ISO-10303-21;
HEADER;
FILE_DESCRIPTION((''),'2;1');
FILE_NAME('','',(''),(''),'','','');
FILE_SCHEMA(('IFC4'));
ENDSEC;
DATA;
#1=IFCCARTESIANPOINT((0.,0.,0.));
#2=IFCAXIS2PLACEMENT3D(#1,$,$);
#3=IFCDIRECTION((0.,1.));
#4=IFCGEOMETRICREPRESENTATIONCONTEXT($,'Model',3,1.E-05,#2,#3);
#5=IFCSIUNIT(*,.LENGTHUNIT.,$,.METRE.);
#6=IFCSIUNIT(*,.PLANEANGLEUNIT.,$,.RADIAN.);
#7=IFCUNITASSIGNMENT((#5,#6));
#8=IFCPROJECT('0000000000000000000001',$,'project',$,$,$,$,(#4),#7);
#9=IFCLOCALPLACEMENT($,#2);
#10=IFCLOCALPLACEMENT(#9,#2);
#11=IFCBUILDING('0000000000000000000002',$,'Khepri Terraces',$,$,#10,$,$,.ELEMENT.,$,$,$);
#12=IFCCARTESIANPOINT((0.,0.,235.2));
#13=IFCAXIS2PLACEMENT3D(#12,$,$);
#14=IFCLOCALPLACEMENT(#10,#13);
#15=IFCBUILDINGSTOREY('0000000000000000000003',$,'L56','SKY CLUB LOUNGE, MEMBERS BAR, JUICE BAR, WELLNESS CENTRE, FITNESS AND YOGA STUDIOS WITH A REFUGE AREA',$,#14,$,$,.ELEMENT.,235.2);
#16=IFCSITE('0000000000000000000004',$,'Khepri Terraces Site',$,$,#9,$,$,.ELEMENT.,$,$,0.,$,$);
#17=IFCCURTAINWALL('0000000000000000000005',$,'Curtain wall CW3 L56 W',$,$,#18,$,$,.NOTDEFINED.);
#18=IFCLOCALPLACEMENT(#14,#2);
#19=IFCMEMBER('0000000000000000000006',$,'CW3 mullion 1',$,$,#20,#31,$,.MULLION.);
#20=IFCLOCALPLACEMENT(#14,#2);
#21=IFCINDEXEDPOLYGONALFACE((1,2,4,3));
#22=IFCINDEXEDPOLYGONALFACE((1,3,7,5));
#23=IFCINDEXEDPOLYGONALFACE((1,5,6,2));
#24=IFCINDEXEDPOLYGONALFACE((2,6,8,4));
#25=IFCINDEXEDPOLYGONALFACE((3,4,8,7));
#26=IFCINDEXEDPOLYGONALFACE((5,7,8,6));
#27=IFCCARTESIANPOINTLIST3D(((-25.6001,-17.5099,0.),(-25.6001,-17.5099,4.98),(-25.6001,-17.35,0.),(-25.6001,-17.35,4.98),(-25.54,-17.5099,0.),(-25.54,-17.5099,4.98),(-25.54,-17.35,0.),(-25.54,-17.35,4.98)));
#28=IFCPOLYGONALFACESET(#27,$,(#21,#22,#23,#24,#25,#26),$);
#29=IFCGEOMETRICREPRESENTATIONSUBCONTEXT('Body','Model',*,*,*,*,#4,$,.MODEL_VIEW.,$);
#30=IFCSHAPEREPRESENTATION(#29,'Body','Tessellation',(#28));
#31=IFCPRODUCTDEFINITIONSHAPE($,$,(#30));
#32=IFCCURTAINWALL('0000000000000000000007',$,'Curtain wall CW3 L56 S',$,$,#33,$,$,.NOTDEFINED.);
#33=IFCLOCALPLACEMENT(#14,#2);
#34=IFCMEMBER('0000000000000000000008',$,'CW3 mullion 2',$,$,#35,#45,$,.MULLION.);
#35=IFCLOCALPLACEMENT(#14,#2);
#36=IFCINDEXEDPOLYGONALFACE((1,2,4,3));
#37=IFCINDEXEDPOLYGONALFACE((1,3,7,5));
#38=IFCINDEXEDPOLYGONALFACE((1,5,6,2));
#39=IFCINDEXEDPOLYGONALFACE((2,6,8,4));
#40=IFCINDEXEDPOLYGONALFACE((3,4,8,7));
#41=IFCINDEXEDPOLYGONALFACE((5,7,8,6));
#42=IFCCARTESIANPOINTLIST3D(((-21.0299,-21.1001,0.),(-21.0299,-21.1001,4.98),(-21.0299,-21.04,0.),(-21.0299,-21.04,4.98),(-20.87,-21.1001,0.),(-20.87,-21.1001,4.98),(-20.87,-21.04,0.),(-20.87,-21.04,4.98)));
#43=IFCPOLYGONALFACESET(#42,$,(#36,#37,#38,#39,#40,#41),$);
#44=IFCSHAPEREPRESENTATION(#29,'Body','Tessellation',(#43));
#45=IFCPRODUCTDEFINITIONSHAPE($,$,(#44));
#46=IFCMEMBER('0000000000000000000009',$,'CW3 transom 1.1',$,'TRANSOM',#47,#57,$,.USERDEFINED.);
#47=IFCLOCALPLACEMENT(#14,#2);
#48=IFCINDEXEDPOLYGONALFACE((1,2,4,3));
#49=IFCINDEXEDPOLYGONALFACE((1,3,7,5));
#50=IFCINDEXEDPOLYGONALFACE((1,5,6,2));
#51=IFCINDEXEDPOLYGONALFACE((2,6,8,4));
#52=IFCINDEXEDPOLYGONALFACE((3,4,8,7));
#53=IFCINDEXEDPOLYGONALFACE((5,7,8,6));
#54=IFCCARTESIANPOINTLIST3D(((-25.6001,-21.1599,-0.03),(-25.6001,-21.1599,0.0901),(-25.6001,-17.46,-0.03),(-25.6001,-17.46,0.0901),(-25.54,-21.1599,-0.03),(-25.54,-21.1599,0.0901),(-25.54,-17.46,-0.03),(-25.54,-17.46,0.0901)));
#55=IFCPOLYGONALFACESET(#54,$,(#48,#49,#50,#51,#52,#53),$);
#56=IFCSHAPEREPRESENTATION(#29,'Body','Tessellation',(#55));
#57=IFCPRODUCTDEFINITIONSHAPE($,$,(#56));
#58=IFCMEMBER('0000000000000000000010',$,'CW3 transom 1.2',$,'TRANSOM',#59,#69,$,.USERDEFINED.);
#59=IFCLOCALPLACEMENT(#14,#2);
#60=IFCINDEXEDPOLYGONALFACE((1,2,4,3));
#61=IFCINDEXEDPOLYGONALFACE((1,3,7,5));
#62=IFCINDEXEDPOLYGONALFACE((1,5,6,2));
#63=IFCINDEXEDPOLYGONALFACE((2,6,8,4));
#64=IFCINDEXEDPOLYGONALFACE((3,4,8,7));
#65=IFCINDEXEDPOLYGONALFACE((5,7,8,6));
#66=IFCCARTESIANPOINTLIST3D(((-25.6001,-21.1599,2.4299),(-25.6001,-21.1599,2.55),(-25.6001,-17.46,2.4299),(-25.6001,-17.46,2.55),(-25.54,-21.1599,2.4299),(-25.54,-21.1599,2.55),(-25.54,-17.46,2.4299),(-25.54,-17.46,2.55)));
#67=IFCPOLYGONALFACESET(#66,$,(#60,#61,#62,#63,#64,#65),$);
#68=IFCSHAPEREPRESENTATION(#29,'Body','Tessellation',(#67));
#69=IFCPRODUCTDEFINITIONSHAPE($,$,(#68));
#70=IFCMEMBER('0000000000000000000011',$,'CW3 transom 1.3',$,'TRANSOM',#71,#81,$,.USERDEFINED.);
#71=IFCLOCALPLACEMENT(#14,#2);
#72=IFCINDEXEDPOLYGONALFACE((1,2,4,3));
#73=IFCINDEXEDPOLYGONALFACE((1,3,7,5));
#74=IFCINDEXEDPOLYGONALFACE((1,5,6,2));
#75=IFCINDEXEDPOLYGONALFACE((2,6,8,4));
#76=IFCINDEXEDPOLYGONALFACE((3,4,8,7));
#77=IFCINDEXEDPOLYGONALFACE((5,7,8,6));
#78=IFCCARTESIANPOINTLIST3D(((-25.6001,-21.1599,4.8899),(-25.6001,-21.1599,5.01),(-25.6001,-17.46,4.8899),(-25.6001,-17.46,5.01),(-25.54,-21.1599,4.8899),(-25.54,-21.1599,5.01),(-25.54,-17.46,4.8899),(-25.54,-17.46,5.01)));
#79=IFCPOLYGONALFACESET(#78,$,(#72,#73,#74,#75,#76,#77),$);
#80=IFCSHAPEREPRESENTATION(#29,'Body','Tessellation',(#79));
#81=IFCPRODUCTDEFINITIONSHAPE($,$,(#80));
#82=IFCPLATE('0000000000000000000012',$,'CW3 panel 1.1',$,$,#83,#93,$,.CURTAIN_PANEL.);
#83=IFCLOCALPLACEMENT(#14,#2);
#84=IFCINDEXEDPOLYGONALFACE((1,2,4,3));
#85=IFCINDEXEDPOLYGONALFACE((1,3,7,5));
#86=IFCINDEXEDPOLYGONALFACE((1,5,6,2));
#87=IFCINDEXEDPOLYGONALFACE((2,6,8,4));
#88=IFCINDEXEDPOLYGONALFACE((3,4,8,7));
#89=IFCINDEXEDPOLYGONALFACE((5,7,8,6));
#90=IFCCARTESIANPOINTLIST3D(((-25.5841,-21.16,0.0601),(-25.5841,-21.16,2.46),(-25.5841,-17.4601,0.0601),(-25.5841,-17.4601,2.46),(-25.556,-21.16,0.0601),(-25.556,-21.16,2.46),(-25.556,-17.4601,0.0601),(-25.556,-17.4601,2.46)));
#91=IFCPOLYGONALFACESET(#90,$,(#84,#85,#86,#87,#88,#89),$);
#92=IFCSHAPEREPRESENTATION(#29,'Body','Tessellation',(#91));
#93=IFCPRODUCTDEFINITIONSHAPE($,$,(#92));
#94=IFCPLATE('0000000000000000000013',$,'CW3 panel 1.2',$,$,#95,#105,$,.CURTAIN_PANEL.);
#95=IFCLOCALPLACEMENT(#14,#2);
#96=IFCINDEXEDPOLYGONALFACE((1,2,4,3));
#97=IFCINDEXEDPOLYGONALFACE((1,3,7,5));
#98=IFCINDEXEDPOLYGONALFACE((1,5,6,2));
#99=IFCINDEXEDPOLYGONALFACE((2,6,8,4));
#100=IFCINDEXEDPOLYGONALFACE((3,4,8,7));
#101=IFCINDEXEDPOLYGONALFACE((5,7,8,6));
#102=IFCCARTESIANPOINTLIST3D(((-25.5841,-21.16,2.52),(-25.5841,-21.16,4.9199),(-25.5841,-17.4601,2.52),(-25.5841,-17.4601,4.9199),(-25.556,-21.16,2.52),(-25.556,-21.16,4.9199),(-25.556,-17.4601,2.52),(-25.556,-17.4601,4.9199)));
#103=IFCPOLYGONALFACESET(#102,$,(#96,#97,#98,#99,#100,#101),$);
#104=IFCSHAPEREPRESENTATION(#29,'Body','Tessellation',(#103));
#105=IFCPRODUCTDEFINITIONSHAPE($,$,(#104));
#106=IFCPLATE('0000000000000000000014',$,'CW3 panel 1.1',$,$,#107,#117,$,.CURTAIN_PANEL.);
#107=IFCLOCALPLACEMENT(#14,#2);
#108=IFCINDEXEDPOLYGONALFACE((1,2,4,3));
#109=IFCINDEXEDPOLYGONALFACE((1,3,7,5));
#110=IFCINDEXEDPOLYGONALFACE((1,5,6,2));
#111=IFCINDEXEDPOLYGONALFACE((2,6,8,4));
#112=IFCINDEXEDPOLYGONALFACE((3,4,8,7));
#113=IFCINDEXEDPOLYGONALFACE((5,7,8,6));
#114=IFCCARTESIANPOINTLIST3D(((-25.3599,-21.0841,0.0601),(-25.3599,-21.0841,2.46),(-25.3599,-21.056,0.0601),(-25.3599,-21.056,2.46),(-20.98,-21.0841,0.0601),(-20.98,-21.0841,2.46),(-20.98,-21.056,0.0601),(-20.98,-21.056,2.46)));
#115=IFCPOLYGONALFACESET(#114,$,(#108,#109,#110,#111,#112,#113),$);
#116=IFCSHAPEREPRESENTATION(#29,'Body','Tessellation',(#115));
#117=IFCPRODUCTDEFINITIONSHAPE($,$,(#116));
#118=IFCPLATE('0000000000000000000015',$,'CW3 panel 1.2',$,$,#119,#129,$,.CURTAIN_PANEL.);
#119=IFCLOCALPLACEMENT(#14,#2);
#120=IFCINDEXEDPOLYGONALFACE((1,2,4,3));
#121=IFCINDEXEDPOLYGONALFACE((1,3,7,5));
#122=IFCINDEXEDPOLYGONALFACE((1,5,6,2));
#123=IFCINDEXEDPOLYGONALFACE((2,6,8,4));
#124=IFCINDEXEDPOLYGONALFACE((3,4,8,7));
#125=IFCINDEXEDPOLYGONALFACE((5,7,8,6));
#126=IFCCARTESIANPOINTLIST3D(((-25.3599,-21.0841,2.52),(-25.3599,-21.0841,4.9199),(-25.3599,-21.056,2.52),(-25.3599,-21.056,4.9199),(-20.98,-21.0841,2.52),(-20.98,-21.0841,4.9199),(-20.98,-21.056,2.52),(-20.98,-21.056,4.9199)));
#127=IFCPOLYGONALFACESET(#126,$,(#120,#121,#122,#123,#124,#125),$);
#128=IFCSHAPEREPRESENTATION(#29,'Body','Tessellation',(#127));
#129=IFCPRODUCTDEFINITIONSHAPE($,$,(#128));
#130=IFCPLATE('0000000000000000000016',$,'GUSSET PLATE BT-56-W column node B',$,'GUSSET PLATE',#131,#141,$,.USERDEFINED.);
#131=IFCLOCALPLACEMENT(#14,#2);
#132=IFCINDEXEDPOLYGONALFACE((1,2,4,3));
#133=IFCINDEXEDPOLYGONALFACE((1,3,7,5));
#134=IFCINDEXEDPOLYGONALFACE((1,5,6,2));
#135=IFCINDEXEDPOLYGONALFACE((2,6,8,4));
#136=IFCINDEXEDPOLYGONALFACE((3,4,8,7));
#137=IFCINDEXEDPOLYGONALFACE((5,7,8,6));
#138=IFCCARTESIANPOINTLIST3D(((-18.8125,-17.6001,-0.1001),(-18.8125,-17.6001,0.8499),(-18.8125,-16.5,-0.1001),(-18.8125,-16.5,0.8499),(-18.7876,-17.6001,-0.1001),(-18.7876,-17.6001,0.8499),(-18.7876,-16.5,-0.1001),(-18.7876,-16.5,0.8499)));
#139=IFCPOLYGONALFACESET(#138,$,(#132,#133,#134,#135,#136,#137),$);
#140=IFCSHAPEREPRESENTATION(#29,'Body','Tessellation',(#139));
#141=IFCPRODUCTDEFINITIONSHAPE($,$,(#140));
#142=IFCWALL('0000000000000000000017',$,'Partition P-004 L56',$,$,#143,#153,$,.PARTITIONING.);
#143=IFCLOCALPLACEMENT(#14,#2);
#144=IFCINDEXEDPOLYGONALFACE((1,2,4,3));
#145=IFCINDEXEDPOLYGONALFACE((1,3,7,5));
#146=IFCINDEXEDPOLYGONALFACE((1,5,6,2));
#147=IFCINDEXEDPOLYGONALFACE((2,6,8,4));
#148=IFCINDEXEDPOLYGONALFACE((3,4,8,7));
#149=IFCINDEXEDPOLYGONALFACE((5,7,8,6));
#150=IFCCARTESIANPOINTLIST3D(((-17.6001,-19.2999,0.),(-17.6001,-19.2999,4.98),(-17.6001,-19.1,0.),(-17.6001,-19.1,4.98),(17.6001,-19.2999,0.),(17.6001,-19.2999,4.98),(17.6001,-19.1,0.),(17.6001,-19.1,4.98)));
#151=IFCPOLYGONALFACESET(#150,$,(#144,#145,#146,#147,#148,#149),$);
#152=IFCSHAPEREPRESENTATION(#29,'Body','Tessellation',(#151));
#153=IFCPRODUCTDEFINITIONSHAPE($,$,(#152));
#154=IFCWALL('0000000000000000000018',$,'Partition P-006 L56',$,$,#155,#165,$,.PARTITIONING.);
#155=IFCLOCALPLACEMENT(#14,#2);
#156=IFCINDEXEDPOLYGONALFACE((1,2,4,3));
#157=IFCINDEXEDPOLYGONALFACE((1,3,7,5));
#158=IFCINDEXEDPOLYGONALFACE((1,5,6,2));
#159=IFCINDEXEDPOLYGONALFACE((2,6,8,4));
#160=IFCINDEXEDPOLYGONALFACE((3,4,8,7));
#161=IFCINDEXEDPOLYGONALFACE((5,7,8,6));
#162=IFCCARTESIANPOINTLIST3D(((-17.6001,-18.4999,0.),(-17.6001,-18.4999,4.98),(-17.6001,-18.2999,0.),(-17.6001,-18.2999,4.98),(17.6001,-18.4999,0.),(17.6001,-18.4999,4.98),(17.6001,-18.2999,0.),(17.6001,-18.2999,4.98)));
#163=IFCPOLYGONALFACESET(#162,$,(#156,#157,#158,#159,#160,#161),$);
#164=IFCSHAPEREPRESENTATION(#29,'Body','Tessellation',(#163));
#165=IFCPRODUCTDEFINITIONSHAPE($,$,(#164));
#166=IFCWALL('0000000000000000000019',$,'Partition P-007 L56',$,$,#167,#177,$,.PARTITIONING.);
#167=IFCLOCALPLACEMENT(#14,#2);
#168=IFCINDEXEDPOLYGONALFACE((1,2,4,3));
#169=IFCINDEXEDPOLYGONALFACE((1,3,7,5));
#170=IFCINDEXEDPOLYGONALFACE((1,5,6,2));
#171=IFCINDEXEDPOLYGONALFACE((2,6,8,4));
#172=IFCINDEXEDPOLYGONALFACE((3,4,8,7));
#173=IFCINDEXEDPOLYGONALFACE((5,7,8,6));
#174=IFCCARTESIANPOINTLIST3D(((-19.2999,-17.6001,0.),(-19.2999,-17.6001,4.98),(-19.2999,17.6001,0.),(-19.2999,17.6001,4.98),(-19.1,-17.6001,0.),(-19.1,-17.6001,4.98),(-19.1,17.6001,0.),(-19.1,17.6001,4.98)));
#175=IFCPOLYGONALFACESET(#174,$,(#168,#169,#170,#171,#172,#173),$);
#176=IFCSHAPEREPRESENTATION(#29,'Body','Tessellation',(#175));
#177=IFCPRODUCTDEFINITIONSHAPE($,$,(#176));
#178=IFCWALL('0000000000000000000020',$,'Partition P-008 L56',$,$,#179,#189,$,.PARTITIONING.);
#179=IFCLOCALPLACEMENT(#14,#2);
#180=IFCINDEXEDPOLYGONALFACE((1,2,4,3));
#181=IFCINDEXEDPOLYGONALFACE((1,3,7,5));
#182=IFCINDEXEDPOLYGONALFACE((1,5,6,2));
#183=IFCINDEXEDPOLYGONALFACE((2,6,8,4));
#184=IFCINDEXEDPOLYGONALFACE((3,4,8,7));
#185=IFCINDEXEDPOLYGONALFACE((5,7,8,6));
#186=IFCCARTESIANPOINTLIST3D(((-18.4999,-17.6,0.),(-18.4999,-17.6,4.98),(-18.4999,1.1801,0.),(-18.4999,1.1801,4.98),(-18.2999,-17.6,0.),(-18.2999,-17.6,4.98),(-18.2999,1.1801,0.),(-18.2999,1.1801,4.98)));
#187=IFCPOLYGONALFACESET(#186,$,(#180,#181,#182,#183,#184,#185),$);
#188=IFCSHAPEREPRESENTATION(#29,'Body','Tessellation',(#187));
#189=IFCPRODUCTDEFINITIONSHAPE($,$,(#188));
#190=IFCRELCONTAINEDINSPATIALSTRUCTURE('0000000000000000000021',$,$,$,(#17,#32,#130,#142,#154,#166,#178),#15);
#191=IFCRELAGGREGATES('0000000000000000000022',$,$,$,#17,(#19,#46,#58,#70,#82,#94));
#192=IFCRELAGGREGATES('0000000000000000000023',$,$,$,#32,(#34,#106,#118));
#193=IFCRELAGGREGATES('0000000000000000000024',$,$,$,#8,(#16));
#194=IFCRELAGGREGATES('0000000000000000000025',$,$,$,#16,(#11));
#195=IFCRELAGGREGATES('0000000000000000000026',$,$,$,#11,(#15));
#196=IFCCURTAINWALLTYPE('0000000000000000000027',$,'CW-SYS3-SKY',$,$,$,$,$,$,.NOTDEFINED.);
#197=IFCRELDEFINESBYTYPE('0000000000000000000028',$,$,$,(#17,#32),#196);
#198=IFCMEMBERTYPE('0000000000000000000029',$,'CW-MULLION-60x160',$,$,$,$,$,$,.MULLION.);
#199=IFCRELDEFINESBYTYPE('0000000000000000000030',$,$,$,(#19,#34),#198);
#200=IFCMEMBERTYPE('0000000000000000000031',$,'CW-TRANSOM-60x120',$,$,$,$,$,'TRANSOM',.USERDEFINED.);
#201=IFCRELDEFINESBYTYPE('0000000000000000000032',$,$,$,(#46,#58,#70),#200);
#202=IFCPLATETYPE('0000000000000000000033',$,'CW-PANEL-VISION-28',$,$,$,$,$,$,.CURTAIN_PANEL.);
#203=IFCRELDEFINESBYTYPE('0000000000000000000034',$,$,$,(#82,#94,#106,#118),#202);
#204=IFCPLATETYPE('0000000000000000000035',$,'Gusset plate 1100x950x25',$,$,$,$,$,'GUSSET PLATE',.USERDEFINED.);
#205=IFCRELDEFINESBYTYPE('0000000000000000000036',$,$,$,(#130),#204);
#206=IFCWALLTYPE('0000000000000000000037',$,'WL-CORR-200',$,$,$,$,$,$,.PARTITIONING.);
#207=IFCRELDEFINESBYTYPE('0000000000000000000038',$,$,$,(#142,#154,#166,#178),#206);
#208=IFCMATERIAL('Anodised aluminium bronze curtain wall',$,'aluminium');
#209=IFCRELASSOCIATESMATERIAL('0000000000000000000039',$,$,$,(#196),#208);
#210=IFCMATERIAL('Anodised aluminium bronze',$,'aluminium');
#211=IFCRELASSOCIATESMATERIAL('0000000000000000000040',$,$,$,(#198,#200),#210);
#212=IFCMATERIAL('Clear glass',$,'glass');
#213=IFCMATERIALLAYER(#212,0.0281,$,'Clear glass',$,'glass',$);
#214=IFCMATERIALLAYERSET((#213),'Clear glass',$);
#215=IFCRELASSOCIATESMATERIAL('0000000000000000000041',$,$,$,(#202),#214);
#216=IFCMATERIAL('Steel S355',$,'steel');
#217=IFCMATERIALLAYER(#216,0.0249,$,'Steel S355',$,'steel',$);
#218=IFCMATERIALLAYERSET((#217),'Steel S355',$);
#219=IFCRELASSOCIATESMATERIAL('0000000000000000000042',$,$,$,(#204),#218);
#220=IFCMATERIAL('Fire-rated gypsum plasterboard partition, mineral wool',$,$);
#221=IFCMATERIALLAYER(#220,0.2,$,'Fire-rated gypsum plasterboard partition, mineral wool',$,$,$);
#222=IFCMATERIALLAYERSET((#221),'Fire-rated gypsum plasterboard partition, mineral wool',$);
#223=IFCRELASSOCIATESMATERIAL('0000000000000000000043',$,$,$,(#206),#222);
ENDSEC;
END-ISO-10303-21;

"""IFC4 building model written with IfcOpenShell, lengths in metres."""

from ifc_helpers import new_model, si_unit, direction, frame, frame_2d, origin, origin_2d, place, context, subcontext, project, spatial, rectangle, extrude, material, layer, layer_set, material_profile, profile_set, type_object, element, aggregate, save


model = new_model("IFC4")

# Units and contexts
model_context = context("Model", 3, precision=1e-05, world=origin(), true_north=direction((0.0, 1.0)))
body_context = subcontext(model_context, "Body", "Model", "MODEL_VIEW")
ifc_project = project(units=[si_unit("LENGTHUNIT", "METRE"), si_unit("PLANEANGLEUNIT", "RADIAN")], contexts=[model_context])

# Site, building, storey
site_placement = place(None, origin())
site = spatial("IfcSite", under=ifc_project, at=site_placement, Name="Khepri Terraces Site", CompositionType="ELEMENT", RefElevation=0.0)
building_placement = place(site_placement, origin())
building = spatial("IfcBuilding", under=site, at=building_placement, Name="Khepri Terraces", CompositionType="ELEMENT")
storey_placement = place(building_placement, frame((0.0, 0.0, 235.2)))
storey = spatial("IfcBuildingStorey", under=building, at=storey_placement, Name="L56", Description="SKY CLUB LOUNGE, MEMBERS BAR, JUICE BAR, WELLNESS CENTRE, FITNESS AND YOGA STUDIOS WITH A REFUGE AREA", CompositionType="ELEMENT", Elevation=235.2)

# Shared definitions
ifc_material_1 = material(Name="Steel S355", Category="steel")

# Curtain walls, members
ifc_material_2 = material(Name="Anodised aluminium bronze curtain wall", Category="aluminium")
curtain_wall_type = type_object("IfcCurtainWallType", Name="CW-SYS3-SKY", PredefinedType="NOTDEFINED", material=ifc_material_2)
ifc_material_3 = material(Name="Anodised aluminium bronze", Category="aluminium")
ifc_material_profile_1 = material_profile(ifc_material_3, rectangle(XDim=0.0601, YDim=0.1599, at=origin_2d()), Name="Anodised aluminium bronze", Category="aluminium")
ifc_profile_set_1 = profile_set([ifc_material_profile_1], Name="Anodised aluminium bronze")
member_type_1 = type_object("IfcMemberType", Name="CW-MULLION-60x160", PredefinedType="MULLION", material=ifc_profile_set_1)
curtain_wall_1_placement = place(storey_placement, origin())
curtain_wall_1 = element("IfcCurtainWall", 1, at=curtain_wall_1_placement, inside=storey, type_object=curtain_wall_type, Name="Curtain wall CW3 L56 W", PredefinedType="NOTDEFINED")
member_1_placement = place(storey_placement, frame((-25.5701, -17.4299, 0.0), z_axis=(0.0, 0.0, 1.0), x_axis=(1.0, 0.0, 0.0)))
member_1 = element("IfcMember", 2, at=member_1_placement, type_object=member_type_1, Name="CW3 mullion 1", PredefinedType="MULLION", context=body_context, shape_type="SweptSolid", body=[
    extrude(rectangle(XDim=0.0601, YDim=0.1599, at=origin_2d()), origin(), (0.0, 0.0, 1.0), 4.98),
])
curtain_wall_2_placement = place(storey_placement, origin())
curtain_wall_2 = element("IfcCurtainWall", 3, at=curtain_wall_2_placement, inside=storey, type_object=curtain_wall_type, Name="Curtain wall CW3 L56 S", PredefinedType="NOTDEFINED")
member_2_placement = place(storey_placement, frame((-20.95, -21.0701, 0.0), z_axis=(0.0, 0.0, 1.0), x_axis=(0.0, 1.0, 0.0)))
member_2 = element("IfcMember", 4, at=member_2_placement, type_object=member_type_1, Name="CW3 mullion 2", PredefinedType="MULLION", context=body_context, shape_type="SweptSolid", body=[
    extrude(rectangle(XDim=0.0601, YDim=0.1599, at=origin_2d()), origin(), (0.0, 0.0, 1.0), 4.98),
])

# Members
ifc_material_profile_2 = material_profile(ifc_material_3, rectangle(XDim=0.0601, YDim=0.1201, at=origin_2d()), Name="Anodised aluminium bronze", Category="aluminium")
ifc_profile_set_2 = profile_set([ifc_material_profile_2], Name="Anodised aluminium bronze")
member_type_2 = type_object("IfcMemberType", Name="CW-TRANSOM-60x120", ElementType="TRANSOM", PredefinedType="USERDEFINED", material=ifc_profile_set_2)
member_3_placement = place(storey_placement, frame((-25.5701, -17.46, 0.03), z_axis=(0.0, -1.0, 0.0), x_axis=(1.0, 0.0, 0.0)))
member_3 = element("IfcMember", 5, at=member_3_placement, type_object=member_type_2, Name="CW3 transom 1.1", ObjectType="TRANSOM", PredefinedType="USERDEFINED", context=body_context, shape_type="SweptSolid", body=[
    extrude(rectangle(XDim=0.0601, YDim=0.1201, at=origin_2d()), origin(), (0.0, 0.0, 1.0), 3.7),
])
member_4_placement = place(storey_placement, frame((-25.5701, -17.46, 2.49), z_axis=(0.0, -1.0, 0.0), x_axis=(1.0, 0.0, 0.0)))
member_4 = element("IfcMember", 6, at=member_4_placement, type_object=member_type_2, Name="CW3 transom 1.2", ObjectType="TRANSOM", PredefinedType="USERDEFINED", context=body_context, shape_type="SweptSolid", body=[
    extrude(rectangle(XDim=0.0601, YDim=0.1201, at=origin_2d()), origin(), (0.0, 0.0, 1.0), 3.7),
])
member_5_placement = place(storey_placement, frame((-25.5701, -17.46, 4.95), z_axis=(0.0, -1.0, 0.0), x_axis=(1.0, 0.0, 0.0)))
member_5 = element("IfcMember", 7, at=member_5_placement, type_object=member_type_2, Name="CW3 transom 1.3", ObjectType="TRANSOM", PredefinedType="USERDEFINED", context=body_context, shape_type="SweptSolid", body=[
    extrude(rectangle(XDim=0.0601, YDim=0.1201, at=origin_2d()), origin(), (0.0, 0.0, 1.0), 3.7),
])

# Plates
ifc_material_4 = material(Name="Clear glass", Category="glass")
ifc_layer_1 = layer(ifc_material_4, 0.0281, Name="Clear glass", Category="glass")
ifc_layer_set_1 = layer_set([ifc_layer_1], Name="Clear glass")
plate_type_1 = type_object("IfcPlateType", Name="CW-PANEL-VISION-28", PredefinedType="CURTAIN_PANEL", material=ifc_layer_set_1)
plate_1_placement = place(storey_placement, frame((-25.5701, -19.3101, 0.0601), z_axis=(0.0, 0.0, 1.0), x_axis=(0.0, -1.0, 0.0)))
plate_1 = element("IfcPlate", 8, at=plate_1_placement, type_object=plate_type_1, Name="CW3 panel 1.1", PredefinedType="CURTAIN_PANEL", context=body_context, shape_type="SweptSolid", body=[
    extrude(rectangle(XDim=3.7, YDim=0.0281, at=origin_2d()), origin(), (0.0, 0.0, 1.0), 2.3999),
])
plate_2_placement = place(storey_placement, frame((-25.5701, -19.3101, 2.52), z_axis=(0.0, 0.0, 1.0), x_axis=(0.0, -1.0, 0.0)))
plate_2 = element("IfcPlate", 9, at=plate_2_placement, type_object=plate_type_1, Name="CW3 panel 1.2", PredefinedType="CURTAIN_PANEL", context=body_context, shape_type="SweptSolid", body=[
    extrude(rectangle(XDim=3.7, YDim=0.0281, at=origin_2d()), origin(), (0.0, 0.0, 1.0), 2.3999),
])
aggregate(curtain_wall_1, [member_1, member_3, member_4, member_5, plate_1, plate_2])
plate_3_placement = place(storey_placement, frame((-23.1699, -21.0701, 0.0601), z_axis=(0.0, 0.0, 1.0), x_axis=(1.0, 0.0, 0.0)))
plate_3 = element("IfcPlate", 10, at=plate_3_placement, type_object=plate_type_1, Name="CW3 panel 1.1", PredefinedType="CURTAIN_PANEL", context=body_context, shape_type="SweptSolid", body=[
    extrude(rectangle(XDim=4.3799, YDim=0.0281, at=origin_2d()), origin(), (0.0, 0.0, 1.0), 2.3999),
])
plate_4_placement = place(storey_placement, frame((-23.1699, -21.0701, 2.52), z_axis=(0.0, 0.0, 1.0), x_axis=(1.0, 0.0, 0.0)))
plate_4 = element("IfcPlate", 11, at=plate_4_placement, type_object=plate_type_1, Name="CW3 panel 1.2", PredefinedType="CURTAIN_PANEL", context=body_context, shape_type="SweptSolid", body=[
    extrude(rectangle(XDim=4.3799, YDim=0.0281, at=origin_2d()), origin(), (0.0, 0.0, 1.0), 2.3999),
])
aggregate(curtain_wall_2, [member_2, plate_3, plate_4])
ifc_layer_2 = layer(ifc_material_1, 0.0249, Name="Steel S355", Category="steel")
ifc_layer_set_2 = layer_set([ifc_layer_2], Name="Steel S355")
plate_type_2 = type_object("IfcPlateType", Name="Gusset plate 1100x950x25", ElementType="GUSSET PLATE", PredefinedType="USERDEFINED", material=ifc_layer_set_2)
plate_5_placement = place(storey_placement, frame((-18.8, -17.05, -0.1001), z_axis=(0.0, 0.0, 1.0), x_axis=(0.0, -1.0, 0.0)))
element("IfcPlate", 12, at=plate_5_placement, inside=storey, type_object=plate_type_2, Name="GUSSET PLATE BT-56-W column node B", ObjectType="GUSSET PLATE", PredefinedType="USERDEFINED", context=body_context, shape_type="SweptSolid", body=[
    extrude(rectangle(XDim=1.1001, YDim=0.0249, at=origin_2d()), origin(), (0.0, 0.0, 1.0), 0.95),
])

# Walls
ifc_material_5 = material(Name="Fire-rated gypsum plasterboard partition, mineral wool")
ifc_layer_3 = layer(ifc_material_5, 0.2, Name="Fire-rated gypsum plasterboard partition, mineral wool")
ifc_layer_set_3 = layer_set([ifc_layer_3], Name="Fire-rated gypsum plasterboard partition, mineral wool")
wall_type_1 = type_object("IfcWallType", Name="WL-CORR-200", PredefinedType="PARTITIONING", material=ifc_layer_set_3)
for number, where, z_axis, x_axis, name in (
    (13, (-17.6001, -19.2, 0.0), (0.0, 0.0, 1.0), (1.0, 0.0, 0.0), "Partition P-004 L56"),
    (14, (-17.6001, -18.3999, 0.0), (0.0, 0.0, 1.0), (1.0, 0.0, 0.0), "Partition P-006 L56"),
    (15, (-19.2, -17.6001, 0.0), (0.0, 0.0, 1.0), (0.0, 1.0, 0.0), "Partition P-007 L56"),
):
    element("IfcWall", number, at=place(storey_placement, frame(where, z_axis=z_axis, x_axis=x_axis)), inside=storey, type_object=wall_type_1, Name=name, PredefinedType="PARTITIONING", context=body_context, shape_type="SweptSolid", body=[
        extrude(rectangle(XDim=35.2002, YDim=0.2, at=frame_2d((17.6001, 0.0))), origin(), (0.0, 0.0, 1.0), 4.98),
    ])
wall_1_placement = place(storey_placement, frame((-18.3999, -17.6001, 0.0), z_axis=(0.0, 0.0, 1.0), x_axis=(0.0, 1.0, 0.0)))
element("IfcWall", 16, at=wall_1_placement, inside=storey, type_object=wall_type_1, Name="Partition P-008 L56", PredefinedType="PARTITIONING", context=body_context, shape_type="SweptSolid", body=[
    extrude(rectangle(XDim=18.78, YDim=0.2, at=frame_2d((9.3901, 0.0))), origin(), (0.0, 0.0, 1.0), 4.98),
])

save(model, "model.ifc")
